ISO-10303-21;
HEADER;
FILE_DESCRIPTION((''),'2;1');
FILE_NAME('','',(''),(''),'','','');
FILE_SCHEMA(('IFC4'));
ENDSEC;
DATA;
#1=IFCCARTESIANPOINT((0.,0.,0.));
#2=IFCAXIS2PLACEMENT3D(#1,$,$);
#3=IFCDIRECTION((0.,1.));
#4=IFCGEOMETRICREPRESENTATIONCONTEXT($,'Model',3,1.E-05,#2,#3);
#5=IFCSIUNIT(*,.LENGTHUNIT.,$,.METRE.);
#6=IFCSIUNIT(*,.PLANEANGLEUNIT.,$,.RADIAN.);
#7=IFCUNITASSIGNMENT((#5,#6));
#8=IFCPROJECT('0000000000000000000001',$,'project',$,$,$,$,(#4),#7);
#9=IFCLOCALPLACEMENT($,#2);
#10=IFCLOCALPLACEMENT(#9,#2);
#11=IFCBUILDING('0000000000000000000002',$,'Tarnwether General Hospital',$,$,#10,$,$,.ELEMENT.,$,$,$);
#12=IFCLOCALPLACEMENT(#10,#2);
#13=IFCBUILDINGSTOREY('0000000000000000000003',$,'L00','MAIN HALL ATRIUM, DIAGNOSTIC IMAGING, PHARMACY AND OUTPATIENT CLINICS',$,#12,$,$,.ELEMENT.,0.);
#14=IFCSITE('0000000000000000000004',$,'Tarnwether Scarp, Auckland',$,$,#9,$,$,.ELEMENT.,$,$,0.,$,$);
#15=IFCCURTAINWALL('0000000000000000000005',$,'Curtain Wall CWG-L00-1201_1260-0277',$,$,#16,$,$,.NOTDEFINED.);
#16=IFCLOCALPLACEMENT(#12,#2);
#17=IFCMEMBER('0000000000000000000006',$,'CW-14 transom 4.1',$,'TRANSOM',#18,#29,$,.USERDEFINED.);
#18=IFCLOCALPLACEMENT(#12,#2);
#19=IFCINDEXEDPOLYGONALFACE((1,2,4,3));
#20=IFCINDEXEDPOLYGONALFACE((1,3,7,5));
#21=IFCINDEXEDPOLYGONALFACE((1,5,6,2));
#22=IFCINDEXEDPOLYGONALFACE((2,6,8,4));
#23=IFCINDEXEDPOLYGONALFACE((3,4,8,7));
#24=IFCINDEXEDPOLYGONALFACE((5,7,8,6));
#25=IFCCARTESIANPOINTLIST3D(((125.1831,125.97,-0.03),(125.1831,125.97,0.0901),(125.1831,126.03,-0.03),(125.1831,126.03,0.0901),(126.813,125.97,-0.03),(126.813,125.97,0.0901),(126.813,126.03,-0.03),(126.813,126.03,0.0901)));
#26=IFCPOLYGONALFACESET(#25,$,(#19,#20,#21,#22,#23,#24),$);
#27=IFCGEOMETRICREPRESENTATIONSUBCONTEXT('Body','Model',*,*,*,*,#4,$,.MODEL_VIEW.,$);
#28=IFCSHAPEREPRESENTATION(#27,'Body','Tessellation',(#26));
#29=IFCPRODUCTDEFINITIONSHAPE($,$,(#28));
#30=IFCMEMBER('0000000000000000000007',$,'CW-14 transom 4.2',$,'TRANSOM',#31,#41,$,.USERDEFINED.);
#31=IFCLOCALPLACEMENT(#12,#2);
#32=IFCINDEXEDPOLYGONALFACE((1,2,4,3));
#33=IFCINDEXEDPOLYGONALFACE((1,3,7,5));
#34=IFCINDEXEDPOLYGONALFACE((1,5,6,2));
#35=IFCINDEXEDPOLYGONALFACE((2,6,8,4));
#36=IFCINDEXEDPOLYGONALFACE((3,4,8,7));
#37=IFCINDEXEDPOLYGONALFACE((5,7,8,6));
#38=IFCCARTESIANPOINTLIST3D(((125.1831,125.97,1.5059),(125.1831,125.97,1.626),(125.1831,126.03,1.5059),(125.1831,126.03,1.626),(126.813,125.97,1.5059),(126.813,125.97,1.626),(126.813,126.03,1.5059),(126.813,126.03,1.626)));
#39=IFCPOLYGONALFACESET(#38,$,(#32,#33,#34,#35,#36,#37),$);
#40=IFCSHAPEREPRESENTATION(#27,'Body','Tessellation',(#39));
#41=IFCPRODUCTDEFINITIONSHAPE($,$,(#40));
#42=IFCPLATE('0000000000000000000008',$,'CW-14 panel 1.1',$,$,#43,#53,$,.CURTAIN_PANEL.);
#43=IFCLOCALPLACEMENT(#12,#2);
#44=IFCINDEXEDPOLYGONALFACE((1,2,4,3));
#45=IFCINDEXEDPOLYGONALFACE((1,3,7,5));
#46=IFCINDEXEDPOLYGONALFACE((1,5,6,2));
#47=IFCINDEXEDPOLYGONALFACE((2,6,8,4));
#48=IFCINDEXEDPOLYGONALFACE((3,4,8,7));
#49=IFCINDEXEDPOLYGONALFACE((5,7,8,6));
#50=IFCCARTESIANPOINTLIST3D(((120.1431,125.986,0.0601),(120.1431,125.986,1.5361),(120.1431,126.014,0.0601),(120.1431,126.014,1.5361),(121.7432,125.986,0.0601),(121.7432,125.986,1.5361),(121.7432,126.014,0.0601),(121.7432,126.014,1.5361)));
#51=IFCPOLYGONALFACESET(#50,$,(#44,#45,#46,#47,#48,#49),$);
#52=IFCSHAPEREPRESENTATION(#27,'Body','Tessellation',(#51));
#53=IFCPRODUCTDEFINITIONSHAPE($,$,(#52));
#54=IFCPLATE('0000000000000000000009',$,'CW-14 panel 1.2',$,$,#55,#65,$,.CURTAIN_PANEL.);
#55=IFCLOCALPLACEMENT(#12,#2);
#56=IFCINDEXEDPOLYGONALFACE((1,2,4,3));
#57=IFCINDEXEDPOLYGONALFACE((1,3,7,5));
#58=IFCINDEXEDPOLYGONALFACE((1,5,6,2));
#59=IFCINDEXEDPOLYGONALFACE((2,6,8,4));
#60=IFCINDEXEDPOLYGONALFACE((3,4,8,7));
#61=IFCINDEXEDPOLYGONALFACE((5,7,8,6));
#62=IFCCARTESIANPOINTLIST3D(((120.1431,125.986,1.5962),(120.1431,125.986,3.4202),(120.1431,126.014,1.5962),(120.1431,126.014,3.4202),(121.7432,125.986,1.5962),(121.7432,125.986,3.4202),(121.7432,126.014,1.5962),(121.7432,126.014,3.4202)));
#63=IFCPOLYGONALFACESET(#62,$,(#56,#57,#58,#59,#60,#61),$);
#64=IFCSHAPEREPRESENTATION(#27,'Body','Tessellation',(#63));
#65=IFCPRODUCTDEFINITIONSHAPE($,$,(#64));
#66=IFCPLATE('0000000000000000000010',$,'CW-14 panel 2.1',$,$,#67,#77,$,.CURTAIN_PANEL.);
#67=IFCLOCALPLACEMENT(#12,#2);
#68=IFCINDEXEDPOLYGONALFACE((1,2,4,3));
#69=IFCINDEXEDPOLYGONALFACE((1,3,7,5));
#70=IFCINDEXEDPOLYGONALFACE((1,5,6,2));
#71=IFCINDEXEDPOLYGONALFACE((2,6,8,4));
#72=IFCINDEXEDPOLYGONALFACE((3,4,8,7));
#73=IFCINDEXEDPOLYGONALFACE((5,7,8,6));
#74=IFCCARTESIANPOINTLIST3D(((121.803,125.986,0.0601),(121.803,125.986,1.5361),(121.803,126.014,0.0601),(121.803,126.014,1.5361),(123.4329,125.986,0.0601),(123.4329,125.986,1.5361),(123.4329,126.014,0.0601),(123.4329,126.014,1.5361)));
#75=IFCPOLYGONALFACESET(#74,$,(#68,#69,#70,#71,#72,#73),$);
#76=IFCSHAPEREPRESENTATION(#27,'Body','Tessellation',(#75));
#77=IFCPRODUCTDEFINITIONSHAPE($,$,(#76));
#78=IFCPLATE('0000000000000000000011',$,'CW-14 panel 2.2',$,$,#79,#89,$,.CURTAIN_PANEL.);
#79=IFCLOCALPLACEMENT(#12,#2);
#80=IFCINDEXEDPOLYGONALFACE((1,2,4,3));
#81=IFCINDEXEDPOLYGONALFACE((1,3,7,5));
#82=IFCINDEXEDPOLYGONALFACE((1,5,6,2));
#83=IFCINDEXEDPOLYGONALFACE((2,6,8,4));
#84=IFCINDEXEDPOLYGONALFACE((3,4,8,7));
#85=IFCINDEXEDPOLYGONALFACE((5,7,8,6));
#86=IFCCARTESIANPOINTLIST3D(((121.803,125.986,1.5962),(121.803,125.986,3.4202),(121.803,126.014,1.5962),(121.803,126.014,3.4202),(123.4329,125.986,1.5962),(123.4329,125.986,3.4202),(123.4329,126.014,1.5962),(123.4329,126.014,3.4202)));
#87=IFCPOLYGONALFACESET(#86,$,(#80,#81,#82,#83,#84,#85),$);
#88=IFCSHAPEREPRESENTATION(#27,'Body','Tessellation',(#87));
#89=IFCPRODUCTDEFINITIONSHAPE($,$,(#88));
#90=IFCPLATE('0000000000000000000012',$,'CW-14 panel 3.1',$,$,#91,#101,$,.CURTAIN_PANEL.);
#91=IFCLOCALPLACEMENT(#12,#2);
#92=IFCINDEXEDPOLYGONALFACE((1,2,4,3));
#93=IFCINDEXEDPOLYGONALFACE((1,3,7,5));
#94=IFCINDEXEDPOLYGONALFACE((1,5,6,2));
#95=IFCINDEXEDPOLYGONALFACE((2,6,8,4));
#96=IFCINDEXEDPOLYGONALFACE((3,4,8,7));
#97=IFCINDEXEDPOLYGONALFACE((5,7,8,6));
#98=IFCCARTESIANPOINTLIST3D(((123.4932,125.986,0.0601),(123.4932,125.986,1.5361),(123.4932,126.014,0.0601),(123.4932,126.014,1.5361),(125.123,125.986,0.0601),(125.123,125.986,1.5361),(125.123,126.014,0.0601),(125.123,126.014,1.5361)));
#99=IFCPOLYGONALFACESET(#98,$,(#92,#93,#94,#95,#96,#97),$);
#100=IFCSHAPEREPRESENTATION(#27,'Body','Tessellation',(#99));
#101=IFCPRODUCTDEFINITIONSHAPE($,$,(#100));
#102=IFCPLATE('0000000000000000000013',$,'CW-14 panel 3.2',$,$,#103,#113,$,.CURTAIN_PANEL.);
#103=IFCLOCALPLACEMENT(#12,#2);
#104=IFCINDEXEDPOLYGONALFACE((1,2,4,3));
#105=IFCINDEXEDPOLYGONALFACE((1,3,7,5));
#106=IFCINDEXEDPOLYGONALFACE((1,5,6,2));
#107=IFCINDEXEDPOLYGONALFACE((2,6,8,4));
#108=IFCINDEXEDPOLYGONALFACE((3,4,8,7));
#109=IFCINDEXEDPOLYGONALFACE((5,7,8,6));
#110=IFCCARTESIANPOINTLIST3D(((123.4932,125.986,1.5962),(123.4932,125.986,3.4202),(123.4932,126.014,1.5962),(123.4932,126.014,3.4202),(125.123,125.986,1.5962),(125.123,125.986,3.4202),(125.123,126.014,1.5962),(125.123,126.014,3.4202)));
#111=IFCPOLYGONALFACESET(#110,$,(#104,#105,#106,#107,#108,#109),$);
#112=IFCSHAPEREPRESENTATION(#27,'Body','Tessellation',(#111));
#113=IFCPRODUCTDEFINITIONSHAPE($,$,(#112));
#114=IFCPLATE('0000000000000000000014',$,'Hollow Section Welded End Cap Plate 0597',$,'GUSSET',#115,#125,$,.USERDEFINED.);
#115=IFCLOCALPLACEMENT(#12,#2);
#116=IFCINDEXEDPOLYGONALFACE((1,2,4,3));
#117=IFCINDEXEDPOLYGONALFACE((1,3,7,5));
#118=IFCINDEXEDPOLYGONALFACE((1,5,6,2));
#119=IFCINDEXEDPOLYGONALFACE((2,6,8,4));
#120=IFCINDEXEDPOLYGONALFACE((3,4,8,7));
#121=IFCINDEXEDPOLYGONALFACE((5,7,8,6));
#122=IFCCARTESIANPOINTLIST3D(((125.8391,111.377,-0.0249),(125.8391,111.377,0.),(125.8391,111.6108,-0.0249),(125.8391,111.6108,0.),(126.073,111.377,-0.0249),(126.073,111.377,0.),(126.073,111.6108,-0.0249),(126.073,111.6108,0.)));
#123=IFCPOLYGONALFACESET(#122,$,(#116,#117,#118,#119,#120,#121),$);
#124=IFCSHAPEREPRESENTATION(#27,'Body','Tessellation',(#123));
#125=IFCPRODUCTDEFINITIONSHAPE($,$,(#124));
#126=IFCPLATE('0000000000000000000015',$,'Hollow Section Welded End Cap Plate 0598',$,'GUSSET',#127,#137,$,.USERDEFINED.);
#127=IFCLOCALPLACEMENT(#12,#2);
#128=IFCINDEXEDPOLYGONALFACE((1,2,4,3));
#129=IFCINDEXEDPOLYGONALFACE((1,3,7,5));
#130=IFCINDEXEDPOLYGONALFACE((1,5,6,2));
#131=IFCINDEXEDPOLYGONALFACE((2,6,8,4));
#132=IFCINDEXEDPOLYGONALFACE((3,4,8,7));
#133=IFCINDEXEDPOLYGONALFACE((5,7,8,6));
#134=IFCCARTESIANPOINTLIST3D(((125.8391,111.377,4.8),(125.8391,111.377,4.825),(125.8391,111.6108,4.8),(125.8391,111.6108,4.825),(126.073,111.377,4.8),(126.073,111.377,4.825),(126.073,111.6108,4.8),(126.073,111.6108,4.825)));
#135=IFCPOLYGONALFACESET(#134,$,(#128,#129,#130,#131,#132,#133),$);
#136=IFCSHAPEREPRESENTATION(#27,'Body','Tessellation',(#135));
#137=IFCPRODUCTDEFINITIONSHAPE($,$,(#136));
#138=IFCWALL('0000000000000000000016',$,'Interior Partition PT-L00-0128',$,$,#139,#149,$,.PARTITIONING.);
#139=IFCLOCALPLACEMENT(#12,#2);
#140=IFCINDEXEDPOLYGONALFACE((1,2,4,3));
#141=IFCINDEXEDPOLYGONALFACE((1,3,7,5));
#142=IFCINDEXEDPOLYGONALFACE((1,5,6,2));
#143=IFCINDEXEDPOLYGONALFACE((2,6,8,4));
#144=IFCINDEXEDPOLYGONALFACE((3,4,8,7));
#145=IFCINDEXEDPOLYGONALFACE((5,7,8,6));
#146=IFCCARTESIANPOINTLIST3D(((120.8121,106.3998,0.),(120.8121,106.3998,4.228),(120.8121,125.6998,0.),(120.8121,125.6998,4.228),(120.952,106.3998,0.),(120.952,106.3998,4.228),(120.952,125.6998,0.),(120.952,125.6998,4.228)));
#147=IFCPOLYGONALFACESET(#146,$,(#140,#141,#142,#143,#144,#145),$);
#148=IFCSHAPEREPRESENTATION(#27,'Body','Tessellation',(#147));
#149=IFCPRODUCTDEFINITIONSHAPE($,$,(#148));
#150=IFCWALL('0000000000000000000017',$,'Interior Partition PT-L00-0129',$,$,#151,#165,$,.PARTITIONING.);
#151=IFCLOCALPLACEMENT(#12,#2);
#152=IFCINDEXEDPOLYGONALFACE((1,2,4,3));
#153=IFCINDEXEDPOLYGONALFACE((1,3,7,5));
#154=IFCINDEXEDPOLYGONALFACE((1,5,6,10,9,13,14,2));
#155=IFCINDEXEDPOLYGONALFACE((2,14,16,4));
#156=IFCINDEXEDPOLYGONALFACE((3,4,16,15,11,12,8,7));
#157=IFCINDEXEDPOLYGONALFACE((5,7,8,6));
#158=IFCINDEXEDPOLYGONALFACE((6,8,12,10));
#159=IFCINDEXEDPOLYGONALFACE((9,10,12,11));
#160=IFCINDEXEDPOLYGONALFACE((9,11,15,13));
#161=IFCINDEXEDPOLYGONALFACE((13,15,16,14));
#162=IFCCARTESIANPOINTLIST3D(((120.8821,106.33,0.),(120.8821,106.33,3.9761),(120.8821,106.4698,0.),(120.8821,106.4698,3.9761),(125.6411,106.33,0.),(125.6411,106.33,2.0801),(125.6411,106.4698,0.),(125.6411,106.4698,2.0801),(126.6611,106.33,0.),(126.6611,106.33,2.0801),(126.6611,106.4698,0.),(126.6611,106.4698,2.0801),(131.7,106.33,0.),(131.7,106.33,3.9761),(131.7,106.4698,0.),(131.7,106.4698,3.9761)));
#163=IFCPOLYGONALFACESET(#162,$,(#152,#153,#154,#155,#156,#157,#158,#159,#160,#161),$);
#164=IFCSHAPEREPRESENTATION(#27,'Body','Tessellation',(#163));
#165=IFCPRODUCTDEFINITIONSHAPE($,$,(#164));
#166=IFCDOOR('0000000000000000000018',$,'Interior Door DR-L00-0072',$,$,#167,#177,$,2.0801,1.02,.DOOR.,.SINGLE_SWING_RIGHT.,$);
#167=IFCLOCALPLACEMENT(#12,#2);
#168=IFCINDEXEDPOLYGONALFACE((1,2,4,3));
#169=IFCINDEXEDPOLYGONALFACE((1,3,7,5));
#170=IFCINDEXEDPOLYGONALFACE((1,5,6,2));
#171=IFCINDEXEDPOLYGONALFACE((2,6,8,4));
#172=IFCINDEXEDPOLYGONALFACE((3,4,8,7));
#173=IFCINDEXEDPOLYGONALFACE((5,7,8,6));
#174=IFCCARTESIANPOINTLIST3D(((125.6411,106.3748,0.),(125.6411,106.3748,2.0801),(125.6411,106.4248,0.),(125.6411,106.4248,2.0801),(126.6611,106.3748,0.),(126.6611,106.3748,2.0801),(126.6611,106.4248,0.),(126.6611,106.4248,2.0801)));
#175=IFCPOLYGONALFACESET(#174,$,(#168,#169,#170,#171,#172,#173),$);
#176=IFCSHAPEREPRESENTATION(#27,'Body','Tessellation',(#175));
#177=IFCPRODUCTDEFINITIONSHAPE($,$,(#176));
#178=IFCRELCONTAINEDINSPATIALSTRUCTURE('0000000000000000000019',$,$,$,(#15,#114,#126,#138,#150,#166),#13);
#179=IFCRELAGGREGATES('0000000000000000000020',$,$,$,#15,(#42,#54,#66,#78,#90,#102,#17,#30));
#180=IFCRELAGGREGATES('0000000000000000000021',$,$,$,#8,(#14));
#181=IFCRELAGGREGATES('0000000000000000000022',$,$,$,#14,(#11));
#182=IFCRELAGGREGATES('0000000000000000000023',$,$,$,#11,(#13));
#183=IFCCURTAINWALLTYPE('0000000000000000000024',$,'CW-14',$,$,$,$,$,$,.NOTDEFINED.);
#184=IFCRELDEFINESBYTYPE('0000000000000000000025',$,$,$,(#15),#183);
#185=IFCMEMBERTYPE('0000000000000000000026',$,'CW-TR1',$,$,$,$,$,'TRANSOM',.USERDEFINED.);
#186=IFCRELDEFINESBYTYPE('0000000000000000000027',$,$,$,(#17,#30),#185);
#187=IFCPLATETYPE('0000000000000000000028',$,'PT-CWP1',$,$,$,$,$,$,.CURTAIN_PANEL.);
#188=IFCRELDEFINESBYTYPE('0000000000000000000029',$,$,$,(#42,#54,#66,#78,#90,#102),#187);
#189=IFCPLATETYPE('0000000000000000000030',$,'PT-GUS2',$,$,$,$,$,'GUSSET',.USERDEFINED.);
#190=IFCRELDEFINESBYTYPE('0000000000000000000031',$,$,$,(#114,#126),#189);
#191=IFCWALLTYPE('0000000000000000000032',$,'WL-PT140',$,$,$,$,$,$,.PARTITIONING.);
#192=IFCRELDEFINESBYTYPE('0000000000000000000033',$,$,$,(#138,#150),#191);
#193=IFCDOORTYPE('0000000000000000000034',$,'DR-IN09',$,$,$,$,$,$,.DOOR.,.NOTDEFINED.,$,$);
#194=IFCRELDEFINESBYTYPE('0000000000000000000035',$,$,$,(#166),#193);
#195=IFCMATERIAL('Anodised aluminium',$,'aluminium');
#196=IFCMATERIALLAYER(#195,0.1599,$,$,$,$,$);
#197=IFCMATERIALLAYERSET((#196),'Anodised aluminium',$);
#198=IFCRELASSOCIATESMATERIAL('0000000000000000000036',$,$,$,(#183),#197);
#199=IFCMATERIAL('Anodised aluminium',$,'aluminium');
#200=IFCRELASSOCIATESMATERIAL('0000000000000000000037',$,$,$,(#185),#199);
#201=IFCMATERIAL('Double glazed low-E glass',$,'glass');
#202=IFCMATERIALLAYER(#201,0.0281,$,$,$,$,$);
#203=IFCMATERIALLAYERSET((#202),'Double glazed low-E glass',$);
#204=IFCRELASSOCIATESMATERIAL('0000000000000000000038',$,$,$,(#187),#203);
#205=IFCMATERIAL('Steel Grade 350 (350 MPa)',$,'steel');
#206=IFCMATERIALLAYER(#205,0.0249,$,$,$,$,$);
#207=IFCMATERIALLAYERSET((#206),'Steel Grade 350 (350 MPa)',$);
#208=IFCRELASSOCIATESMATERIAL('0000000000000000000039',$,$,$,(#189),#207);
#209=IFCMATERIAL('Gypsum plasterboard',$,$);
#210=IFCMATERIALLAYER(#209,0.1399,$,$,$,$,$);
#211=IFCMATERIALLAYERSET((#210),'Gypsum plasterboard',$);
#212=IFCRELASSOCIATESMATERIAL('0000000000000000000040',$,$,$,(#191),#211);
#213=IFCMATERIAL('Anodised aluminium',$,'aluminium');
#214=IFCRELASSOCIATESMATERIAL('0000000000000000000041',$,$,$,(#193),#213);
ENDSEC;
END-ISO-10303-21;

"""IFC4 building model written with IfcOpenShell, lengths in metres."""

from ifc_helpers import new_model, si_unit, direction, frame, frame_2d, origin, origin_2d, place, context, subcontext, project, spatial, rectangle, extrude, material, layer, layer_set, material_profile, profile_set, type_object, element, fill, aggregate, save


model = new_model("IFC4")

# Units and contexts
model_context = context("Model", 3, precision=1e-05, world=origin(), true_north=direction((0.0, 1.0)))
body_context = subcontext(model_context, "Body", "Model", "MODEL_VIEW")
ifc_project = project(units=[si_unit("LENGTHUNIT", "METRE"), si_unit("PLANEANGLEUNIT", "RADIAN")], contexts=[model_context])

# Site, building, storey
site_placement = place(None, origin())
site = spatial("IfcSite", under=ifc_project, at=site_placement, Name="Tarnwether Scarp, Auckland", CompositionType="ELEMENT", RefElevation=0.0)
building_placement = place(site_placement, origin())
building = spatial("IfcBuilding", under=site, at=building_placement, Name="Tarnwether General Hospital", CompositionType="ELEMENT")
storey_placement = place(building_placement, origin())
storey = spatial("IfcBuildingStorey", under=building, at=storey_placement, Name="L00", Description="MAIN HALL ATRIUM, DIAGNOSTIC IMAGING, PHARMACY AND OUTPATIENT CLINICS", CompositionType="ELEMENT", Elevation=0.0)

# Curtain wall, members, plates
ifc_material_1 = material(Name="Anodised aluminium", Category="aluminium")
ifc_layer_1 = layer(ifc_material_1, 0.1599)
ifc_layer_set_1 = layer_set([ifc_layer_1], Name="Anodised aluminium")
curtain_wall_type = type_object("IfcCurtainWallType", Name="CW-14", PredefinedType="NOTDEFINED", material=ifc_layer_set_1)
curtain_wall_placement = place(storey_placement, origin())
curtain_wall = element("IfcCurtainWall", 1, at=curtain_wall_placement, inside=storey, type_object=curtain_wall_type, Name="Curtain Wall CWG-L00-1201_1260-0277", PredefinedType="NOTDEFINED")
ifc_material_2 = material(Name="Anodised aluminium", Category="aluminium")
ifc_material_profile_1 = material_profile(ifc_material_2, rectangle(XDim=0.0601, YDim=0.1201, at=origin_2d()), Name="ALU-TRN-60x120")
ifc_profile_set_1 = profile_set([ifc_material_profile_1], Name="Anodised aluminium")
member_type_1 = type_object("IfcMemberType", Name="CW-TR1", ElementType="TRANSOM", PredefinedType="USERDEFINED", material=ifc_profile_set_1)
member_1_placement = place(storey_placement, frame((125.1831, 126.0, 0.03), z_axis=(1.0, 0.0, 0.0), x_axis=(0.0, 1.0, 0.0)))
member_1 = element("IfcMember", 2, at=member_1_placement, type_object=member_type_1, Name="CW-14 transom 4.1", ObjectType="TRANSOM", PredefinedType="USERDEFINED", context=body_context, shape_type="SweptSolid", body=[
    extrude(rectangle(XDim=0.0601, YDim=0.1201, at=origin_2d()), origin(), (0.0, 0.0, 1.0), 1.6299),
])
member_2_placement = place(storey_placement, frame((125.1831, 126.0, 1.5659), z_axis=(1.0, 0.0, 0.0), x_axis=(0.0, 1.0, 0.0)))
member_2 = element("IfcMember", 3, at=member_2_placement, type_object=member_type_1, Name="CW-14 transom 4.2", ObjectType="TRANSOM", PredefinedType="USERDEFINED", context=body_context, shape_type="SweptSolid", body=[
    extrude(rectangle(XDim=0.0601, YDim=0.1201, at=origin_2d()), origin(), (0.0, 0.0, 1.0), 1.6299),
])
ifc_material_3 = material(Name="Double glazed low-E glass", Category="glass")
ifc_layer_2 = layer(ifc_material_3, 0.0281)
ifc_layer_set_2 = layer_set([ifc_layer_2], Name="Double glazed low-E glass")
plate_type_1 = type_object("IfcPlateType", Name="PT-CWP1", PredefinedType="CURTAIN_PANEL", material=ifc_layer_set_2)
plate_1_placement = place(storey_placement, frame((120.9431, 126.0, 0.0601), z_axis=(0.0, 0.0, 1.0), x_axis=(1.0, 0.0, 0.0)))
plate_1 = element("IfcPlate", 4, at=plate_1_placement, type_object=plate_type_1, Name="CW-14 panel 1.1", PredefinedType="CURTAIN_PANEL", context=body_context, shape_type="SweptSolid", body=[
    extrude(rectangle(XDim=1.6001, YDim=0.0281, at=origin_2d()), origin(), (0.0, 0.0, 1.0), 1.4761),
])
plate_2_placement = place(storey_placement, frame((120.9431, 126.0, 1.5962), z_axis=(0.0, 0.0, 1.0), x_axis=(1.0, 0.0, 0.0)))
plate_2 = element("IfcPlate", 5, at=plate_2_placement, type_object=plate_type_1, Name="CW-14 panel 1.2", PredefinedType="CURTAIN_PANEL", context=body_context, shape_type="SweptSolid", body=[
    extrude(rectangle(XDim=1.6001, YDim=0.0281, at=origin_2d()), origin(), (0.0, 0.0, 1.0), 1.824),
])
plate_3_placement = place(storey_placement, frame((122.6179, 126.0, 0.0601), z_axis=(0.0, 0.0, 1.0), x_axis=(1.0, 0.0, 0.0)))
plate_3 = element("IfcPlate", 6, at=plate_3_placement, type_object=plate_type_1, Name="CW-14 panel 2.1", PredefinedType="CURTAIN_PANEL", context=body_context, shape_type="SweptSolid", body=[
    extrude(rectangle(XDim=1.6299, YDim=0.0281, at=origin_2d()), origin(), (0.0, 0.0, 1.0), 1.4761),
])
plate_4_placement = place(storey_placement, frame((122.6179, 126.0, 1.5962), z_axis=(0.0, 0.0, 1.0), x_axis=(1.0, 0.0, 0.0)))
plate_4 = element("IfcPlate", 7, at=plate_4_placement, type_object=plate_type_1, Name="CW-14 panel 2.2", PredefinedType="CURTAIN_PANEL", context=body_context, shape_type="SweptSolid", body=[
    extrude(rectangle(XDim=1.6299, YDim=0.0281, at=origin_2d()), origin(), (0.0, 0.0, 1.0), 1.824),
])
plate_5_placement = place(storey_placement, frame((124.3081, 126.0, 0.0601), z_axis=(0.0, 0.0, 1.0), x_axis=(1.0, 0.0, 0.0)))
plate_5 = element("IfcPlate", 8, at=plate_5_placement, type_object=plate_type_1, Name="CW-14 panel 3.1", PredefinedType="CURTAIN_PANEL", context=body_context, shape_type="SweptSolid", body=[
    extrude(rectangle(XDim=1.6299, YDim=0.0281, at=origin_2d()), origin(), (0.0, 0.0, 1.0), 1.4761),
])
plate_6_placement = place(storey_placement, frame((124.3081, 126.0, 1.5962), z_axis=(0.0, 0.0, 1.0), x_axis=(1.0, 0.0, 0.0)))
plate_6 = element("IfcPlate", 9, at=plate_6_placement, type_object=plate_type_1, Name="CW-14 panel 3.2", PredefinedType="CURTAIN_PANEL", context=body_context, shape_type="SweptSolid", body=[
    extrude(rectangle(XDim=1.6299, YDim=0.0281, at=origin_2d()), origin(), (0.0, 0.0, 1.0), 1.824),
])
aggregate(curtain_wall, [plate_1, plate_2, plate_3, plate_4, plate_5, plate_6, member_1, member_2])

# Plates
ifc_material_4 = material(Name="Steel Grade 350 (350 MPa)", Category="steel")
ifc_layer_3 = layer(ifc_material_4, 0.0249)
ifc_layer_set_3 = layer_set([ifc_layer_3], Name="Steel Grade 350 (350 MPa)")
plate_type_2 = type_object("IfcPlateType", Name="PT-GUS2", ElementType="GUSSET", PredefinedType="USERDEFINED", material=ifc_layer_set_3)
for number, where, z_axis, x_axis, name in (
    (10, (125.9561, 111.4939, -0.0249), (0.0, 0.0, 1.0), (1.0, 0.0, 0.0), "Hollow Section Welded End Cap Plate 0597"),
    (11, (125.9561, 111.4939, 4.8), (0.0, 0.0, 1.0), (1.0, 0.0, 0.0), "Hollow Section Welded End Cap Plate 0598"),
):
    element("IfcPlate", number, at=place(storey_placement, frame(where, z_axis=z_axis, x_axis=x_axis)), inside=storey, type_object=plate_type_2, Name=name, ObjectType="GUSSET", PredefinedType="USERDEFINED", context=body_context, shape_type="SweptSolid", body=[
        extrude(rectangle(XDim=0.2339, YDim=0.2339, at=origin_2d()), origin(), (0.0, 0.0, 1.0), 0.0249),
    ])

# Wall
ifc_material_5 = material(Name="Gypsum plasterboard")
ifc_layer_4 = layer(ifc_material_5, 0.1399)
ifc_layer_set_4 = layer_set([ifc_layer_4], Name="Gypsum plasterboard")
wall_type_1 = type_object("IfcWallType", Name="WL-PT140", PredefinedType="PARTITIONING", material=ifc_layer_set_4)
wall_1_placement = place(storey_placement, frame((120.8821, 106.3999, 0.0), z_axis=(0.0, 0.0, 1.0), x_axis=(0.0, 1.0, 0.0)))
element("IfcWall", 12, at=wall_1_placement, inside=storey, type_object=wall_type_1, Name="Interior Partition PT-L00-0128", PredefinedType="PARTITIONING", context=body_context, shape_type="SweptSolid", body=[
    extrude(rectangle(XDim=19.3, YDim=0.1399, at=frame_2d((9.6499, 0.0))), origin(), (0.0, 0.0, 1.0), 4.228),
])

# Wall, opening, door
wall_2_placement = place(storey_placement, frame((120.8821, 106.3999, 0.0), z_axis=(0.0, 0.0, 1.0), x_axis=(1.0, 0.0, 0.0)))
wall_2 = element("IfcWall", 13, at=wall_2_placement, inside=storey, type_object=wall_type_1, Name="Interior Partition PT-L00-0129", PredefinedType="PARTITIONING", context=body_context, shape_type="SweptSolid", body=[
    extrude(rectangle(XDim=10.8179, YDim=0.1399, at=frame_2d((5.4089, 0.0))), origin(), (0.0, 0.0, 1.0), 3.9761),
])
opening_placement = place(wall_2_placement, frame((4.759, 0.0, 0.0)))
opening = element("IfcOpeningElement", 14, at=opening_placement, cuts=wall_2, PredefinedType="OPENING", context=body_context, shape_type="SweptSolid", body=[
    extrude(rectangle(XDim=1.02, YDim=2.0801, at=frame_2d((0.51, 1.04))), frame((0.0, 0.0801, 0.0), z_axis=(0.0, -1.0, 0.0), x_axis=(1.0, 0.0, 0.0)), (0.0, 0.0, 1.0), 0.1599),
])
ifc_material_6 = material(Name="Anodised aluminium", Category="aluminium")
door_type = type_object("IfcDoorType", Name="DR-IN09", OperationType="NOTDEFINED", PredefinedType="DOOR", material=ifc_material_6)
door_placement = place(opening_placement, origin())
door = element("IfcDoor", 15, at=door_placement, inside=storey, type_object=door_type, Name="Interior Door DR-L00-0072", OperationType="SINGLE_SWING_RIGHT", OverallHeight=2.0801, OverallWidth=1.02, PredefinedType="DOOR", context=body_context, shape_type="SweptSolid", body=[
    extrude(rectangle(XDim=1.02, YDim=2.0801, at=frame_2d((0.51, 1.04))), frame((0.0, 0.0249, 0.0), z_axis=(0.0, -1.0, 0.0), x_axis=(1.0, 0.0, 0.0)), (0.0, 0.0, 1.0), 0.05),
])
fill(opening, door)

save(model, "model.ifc")
